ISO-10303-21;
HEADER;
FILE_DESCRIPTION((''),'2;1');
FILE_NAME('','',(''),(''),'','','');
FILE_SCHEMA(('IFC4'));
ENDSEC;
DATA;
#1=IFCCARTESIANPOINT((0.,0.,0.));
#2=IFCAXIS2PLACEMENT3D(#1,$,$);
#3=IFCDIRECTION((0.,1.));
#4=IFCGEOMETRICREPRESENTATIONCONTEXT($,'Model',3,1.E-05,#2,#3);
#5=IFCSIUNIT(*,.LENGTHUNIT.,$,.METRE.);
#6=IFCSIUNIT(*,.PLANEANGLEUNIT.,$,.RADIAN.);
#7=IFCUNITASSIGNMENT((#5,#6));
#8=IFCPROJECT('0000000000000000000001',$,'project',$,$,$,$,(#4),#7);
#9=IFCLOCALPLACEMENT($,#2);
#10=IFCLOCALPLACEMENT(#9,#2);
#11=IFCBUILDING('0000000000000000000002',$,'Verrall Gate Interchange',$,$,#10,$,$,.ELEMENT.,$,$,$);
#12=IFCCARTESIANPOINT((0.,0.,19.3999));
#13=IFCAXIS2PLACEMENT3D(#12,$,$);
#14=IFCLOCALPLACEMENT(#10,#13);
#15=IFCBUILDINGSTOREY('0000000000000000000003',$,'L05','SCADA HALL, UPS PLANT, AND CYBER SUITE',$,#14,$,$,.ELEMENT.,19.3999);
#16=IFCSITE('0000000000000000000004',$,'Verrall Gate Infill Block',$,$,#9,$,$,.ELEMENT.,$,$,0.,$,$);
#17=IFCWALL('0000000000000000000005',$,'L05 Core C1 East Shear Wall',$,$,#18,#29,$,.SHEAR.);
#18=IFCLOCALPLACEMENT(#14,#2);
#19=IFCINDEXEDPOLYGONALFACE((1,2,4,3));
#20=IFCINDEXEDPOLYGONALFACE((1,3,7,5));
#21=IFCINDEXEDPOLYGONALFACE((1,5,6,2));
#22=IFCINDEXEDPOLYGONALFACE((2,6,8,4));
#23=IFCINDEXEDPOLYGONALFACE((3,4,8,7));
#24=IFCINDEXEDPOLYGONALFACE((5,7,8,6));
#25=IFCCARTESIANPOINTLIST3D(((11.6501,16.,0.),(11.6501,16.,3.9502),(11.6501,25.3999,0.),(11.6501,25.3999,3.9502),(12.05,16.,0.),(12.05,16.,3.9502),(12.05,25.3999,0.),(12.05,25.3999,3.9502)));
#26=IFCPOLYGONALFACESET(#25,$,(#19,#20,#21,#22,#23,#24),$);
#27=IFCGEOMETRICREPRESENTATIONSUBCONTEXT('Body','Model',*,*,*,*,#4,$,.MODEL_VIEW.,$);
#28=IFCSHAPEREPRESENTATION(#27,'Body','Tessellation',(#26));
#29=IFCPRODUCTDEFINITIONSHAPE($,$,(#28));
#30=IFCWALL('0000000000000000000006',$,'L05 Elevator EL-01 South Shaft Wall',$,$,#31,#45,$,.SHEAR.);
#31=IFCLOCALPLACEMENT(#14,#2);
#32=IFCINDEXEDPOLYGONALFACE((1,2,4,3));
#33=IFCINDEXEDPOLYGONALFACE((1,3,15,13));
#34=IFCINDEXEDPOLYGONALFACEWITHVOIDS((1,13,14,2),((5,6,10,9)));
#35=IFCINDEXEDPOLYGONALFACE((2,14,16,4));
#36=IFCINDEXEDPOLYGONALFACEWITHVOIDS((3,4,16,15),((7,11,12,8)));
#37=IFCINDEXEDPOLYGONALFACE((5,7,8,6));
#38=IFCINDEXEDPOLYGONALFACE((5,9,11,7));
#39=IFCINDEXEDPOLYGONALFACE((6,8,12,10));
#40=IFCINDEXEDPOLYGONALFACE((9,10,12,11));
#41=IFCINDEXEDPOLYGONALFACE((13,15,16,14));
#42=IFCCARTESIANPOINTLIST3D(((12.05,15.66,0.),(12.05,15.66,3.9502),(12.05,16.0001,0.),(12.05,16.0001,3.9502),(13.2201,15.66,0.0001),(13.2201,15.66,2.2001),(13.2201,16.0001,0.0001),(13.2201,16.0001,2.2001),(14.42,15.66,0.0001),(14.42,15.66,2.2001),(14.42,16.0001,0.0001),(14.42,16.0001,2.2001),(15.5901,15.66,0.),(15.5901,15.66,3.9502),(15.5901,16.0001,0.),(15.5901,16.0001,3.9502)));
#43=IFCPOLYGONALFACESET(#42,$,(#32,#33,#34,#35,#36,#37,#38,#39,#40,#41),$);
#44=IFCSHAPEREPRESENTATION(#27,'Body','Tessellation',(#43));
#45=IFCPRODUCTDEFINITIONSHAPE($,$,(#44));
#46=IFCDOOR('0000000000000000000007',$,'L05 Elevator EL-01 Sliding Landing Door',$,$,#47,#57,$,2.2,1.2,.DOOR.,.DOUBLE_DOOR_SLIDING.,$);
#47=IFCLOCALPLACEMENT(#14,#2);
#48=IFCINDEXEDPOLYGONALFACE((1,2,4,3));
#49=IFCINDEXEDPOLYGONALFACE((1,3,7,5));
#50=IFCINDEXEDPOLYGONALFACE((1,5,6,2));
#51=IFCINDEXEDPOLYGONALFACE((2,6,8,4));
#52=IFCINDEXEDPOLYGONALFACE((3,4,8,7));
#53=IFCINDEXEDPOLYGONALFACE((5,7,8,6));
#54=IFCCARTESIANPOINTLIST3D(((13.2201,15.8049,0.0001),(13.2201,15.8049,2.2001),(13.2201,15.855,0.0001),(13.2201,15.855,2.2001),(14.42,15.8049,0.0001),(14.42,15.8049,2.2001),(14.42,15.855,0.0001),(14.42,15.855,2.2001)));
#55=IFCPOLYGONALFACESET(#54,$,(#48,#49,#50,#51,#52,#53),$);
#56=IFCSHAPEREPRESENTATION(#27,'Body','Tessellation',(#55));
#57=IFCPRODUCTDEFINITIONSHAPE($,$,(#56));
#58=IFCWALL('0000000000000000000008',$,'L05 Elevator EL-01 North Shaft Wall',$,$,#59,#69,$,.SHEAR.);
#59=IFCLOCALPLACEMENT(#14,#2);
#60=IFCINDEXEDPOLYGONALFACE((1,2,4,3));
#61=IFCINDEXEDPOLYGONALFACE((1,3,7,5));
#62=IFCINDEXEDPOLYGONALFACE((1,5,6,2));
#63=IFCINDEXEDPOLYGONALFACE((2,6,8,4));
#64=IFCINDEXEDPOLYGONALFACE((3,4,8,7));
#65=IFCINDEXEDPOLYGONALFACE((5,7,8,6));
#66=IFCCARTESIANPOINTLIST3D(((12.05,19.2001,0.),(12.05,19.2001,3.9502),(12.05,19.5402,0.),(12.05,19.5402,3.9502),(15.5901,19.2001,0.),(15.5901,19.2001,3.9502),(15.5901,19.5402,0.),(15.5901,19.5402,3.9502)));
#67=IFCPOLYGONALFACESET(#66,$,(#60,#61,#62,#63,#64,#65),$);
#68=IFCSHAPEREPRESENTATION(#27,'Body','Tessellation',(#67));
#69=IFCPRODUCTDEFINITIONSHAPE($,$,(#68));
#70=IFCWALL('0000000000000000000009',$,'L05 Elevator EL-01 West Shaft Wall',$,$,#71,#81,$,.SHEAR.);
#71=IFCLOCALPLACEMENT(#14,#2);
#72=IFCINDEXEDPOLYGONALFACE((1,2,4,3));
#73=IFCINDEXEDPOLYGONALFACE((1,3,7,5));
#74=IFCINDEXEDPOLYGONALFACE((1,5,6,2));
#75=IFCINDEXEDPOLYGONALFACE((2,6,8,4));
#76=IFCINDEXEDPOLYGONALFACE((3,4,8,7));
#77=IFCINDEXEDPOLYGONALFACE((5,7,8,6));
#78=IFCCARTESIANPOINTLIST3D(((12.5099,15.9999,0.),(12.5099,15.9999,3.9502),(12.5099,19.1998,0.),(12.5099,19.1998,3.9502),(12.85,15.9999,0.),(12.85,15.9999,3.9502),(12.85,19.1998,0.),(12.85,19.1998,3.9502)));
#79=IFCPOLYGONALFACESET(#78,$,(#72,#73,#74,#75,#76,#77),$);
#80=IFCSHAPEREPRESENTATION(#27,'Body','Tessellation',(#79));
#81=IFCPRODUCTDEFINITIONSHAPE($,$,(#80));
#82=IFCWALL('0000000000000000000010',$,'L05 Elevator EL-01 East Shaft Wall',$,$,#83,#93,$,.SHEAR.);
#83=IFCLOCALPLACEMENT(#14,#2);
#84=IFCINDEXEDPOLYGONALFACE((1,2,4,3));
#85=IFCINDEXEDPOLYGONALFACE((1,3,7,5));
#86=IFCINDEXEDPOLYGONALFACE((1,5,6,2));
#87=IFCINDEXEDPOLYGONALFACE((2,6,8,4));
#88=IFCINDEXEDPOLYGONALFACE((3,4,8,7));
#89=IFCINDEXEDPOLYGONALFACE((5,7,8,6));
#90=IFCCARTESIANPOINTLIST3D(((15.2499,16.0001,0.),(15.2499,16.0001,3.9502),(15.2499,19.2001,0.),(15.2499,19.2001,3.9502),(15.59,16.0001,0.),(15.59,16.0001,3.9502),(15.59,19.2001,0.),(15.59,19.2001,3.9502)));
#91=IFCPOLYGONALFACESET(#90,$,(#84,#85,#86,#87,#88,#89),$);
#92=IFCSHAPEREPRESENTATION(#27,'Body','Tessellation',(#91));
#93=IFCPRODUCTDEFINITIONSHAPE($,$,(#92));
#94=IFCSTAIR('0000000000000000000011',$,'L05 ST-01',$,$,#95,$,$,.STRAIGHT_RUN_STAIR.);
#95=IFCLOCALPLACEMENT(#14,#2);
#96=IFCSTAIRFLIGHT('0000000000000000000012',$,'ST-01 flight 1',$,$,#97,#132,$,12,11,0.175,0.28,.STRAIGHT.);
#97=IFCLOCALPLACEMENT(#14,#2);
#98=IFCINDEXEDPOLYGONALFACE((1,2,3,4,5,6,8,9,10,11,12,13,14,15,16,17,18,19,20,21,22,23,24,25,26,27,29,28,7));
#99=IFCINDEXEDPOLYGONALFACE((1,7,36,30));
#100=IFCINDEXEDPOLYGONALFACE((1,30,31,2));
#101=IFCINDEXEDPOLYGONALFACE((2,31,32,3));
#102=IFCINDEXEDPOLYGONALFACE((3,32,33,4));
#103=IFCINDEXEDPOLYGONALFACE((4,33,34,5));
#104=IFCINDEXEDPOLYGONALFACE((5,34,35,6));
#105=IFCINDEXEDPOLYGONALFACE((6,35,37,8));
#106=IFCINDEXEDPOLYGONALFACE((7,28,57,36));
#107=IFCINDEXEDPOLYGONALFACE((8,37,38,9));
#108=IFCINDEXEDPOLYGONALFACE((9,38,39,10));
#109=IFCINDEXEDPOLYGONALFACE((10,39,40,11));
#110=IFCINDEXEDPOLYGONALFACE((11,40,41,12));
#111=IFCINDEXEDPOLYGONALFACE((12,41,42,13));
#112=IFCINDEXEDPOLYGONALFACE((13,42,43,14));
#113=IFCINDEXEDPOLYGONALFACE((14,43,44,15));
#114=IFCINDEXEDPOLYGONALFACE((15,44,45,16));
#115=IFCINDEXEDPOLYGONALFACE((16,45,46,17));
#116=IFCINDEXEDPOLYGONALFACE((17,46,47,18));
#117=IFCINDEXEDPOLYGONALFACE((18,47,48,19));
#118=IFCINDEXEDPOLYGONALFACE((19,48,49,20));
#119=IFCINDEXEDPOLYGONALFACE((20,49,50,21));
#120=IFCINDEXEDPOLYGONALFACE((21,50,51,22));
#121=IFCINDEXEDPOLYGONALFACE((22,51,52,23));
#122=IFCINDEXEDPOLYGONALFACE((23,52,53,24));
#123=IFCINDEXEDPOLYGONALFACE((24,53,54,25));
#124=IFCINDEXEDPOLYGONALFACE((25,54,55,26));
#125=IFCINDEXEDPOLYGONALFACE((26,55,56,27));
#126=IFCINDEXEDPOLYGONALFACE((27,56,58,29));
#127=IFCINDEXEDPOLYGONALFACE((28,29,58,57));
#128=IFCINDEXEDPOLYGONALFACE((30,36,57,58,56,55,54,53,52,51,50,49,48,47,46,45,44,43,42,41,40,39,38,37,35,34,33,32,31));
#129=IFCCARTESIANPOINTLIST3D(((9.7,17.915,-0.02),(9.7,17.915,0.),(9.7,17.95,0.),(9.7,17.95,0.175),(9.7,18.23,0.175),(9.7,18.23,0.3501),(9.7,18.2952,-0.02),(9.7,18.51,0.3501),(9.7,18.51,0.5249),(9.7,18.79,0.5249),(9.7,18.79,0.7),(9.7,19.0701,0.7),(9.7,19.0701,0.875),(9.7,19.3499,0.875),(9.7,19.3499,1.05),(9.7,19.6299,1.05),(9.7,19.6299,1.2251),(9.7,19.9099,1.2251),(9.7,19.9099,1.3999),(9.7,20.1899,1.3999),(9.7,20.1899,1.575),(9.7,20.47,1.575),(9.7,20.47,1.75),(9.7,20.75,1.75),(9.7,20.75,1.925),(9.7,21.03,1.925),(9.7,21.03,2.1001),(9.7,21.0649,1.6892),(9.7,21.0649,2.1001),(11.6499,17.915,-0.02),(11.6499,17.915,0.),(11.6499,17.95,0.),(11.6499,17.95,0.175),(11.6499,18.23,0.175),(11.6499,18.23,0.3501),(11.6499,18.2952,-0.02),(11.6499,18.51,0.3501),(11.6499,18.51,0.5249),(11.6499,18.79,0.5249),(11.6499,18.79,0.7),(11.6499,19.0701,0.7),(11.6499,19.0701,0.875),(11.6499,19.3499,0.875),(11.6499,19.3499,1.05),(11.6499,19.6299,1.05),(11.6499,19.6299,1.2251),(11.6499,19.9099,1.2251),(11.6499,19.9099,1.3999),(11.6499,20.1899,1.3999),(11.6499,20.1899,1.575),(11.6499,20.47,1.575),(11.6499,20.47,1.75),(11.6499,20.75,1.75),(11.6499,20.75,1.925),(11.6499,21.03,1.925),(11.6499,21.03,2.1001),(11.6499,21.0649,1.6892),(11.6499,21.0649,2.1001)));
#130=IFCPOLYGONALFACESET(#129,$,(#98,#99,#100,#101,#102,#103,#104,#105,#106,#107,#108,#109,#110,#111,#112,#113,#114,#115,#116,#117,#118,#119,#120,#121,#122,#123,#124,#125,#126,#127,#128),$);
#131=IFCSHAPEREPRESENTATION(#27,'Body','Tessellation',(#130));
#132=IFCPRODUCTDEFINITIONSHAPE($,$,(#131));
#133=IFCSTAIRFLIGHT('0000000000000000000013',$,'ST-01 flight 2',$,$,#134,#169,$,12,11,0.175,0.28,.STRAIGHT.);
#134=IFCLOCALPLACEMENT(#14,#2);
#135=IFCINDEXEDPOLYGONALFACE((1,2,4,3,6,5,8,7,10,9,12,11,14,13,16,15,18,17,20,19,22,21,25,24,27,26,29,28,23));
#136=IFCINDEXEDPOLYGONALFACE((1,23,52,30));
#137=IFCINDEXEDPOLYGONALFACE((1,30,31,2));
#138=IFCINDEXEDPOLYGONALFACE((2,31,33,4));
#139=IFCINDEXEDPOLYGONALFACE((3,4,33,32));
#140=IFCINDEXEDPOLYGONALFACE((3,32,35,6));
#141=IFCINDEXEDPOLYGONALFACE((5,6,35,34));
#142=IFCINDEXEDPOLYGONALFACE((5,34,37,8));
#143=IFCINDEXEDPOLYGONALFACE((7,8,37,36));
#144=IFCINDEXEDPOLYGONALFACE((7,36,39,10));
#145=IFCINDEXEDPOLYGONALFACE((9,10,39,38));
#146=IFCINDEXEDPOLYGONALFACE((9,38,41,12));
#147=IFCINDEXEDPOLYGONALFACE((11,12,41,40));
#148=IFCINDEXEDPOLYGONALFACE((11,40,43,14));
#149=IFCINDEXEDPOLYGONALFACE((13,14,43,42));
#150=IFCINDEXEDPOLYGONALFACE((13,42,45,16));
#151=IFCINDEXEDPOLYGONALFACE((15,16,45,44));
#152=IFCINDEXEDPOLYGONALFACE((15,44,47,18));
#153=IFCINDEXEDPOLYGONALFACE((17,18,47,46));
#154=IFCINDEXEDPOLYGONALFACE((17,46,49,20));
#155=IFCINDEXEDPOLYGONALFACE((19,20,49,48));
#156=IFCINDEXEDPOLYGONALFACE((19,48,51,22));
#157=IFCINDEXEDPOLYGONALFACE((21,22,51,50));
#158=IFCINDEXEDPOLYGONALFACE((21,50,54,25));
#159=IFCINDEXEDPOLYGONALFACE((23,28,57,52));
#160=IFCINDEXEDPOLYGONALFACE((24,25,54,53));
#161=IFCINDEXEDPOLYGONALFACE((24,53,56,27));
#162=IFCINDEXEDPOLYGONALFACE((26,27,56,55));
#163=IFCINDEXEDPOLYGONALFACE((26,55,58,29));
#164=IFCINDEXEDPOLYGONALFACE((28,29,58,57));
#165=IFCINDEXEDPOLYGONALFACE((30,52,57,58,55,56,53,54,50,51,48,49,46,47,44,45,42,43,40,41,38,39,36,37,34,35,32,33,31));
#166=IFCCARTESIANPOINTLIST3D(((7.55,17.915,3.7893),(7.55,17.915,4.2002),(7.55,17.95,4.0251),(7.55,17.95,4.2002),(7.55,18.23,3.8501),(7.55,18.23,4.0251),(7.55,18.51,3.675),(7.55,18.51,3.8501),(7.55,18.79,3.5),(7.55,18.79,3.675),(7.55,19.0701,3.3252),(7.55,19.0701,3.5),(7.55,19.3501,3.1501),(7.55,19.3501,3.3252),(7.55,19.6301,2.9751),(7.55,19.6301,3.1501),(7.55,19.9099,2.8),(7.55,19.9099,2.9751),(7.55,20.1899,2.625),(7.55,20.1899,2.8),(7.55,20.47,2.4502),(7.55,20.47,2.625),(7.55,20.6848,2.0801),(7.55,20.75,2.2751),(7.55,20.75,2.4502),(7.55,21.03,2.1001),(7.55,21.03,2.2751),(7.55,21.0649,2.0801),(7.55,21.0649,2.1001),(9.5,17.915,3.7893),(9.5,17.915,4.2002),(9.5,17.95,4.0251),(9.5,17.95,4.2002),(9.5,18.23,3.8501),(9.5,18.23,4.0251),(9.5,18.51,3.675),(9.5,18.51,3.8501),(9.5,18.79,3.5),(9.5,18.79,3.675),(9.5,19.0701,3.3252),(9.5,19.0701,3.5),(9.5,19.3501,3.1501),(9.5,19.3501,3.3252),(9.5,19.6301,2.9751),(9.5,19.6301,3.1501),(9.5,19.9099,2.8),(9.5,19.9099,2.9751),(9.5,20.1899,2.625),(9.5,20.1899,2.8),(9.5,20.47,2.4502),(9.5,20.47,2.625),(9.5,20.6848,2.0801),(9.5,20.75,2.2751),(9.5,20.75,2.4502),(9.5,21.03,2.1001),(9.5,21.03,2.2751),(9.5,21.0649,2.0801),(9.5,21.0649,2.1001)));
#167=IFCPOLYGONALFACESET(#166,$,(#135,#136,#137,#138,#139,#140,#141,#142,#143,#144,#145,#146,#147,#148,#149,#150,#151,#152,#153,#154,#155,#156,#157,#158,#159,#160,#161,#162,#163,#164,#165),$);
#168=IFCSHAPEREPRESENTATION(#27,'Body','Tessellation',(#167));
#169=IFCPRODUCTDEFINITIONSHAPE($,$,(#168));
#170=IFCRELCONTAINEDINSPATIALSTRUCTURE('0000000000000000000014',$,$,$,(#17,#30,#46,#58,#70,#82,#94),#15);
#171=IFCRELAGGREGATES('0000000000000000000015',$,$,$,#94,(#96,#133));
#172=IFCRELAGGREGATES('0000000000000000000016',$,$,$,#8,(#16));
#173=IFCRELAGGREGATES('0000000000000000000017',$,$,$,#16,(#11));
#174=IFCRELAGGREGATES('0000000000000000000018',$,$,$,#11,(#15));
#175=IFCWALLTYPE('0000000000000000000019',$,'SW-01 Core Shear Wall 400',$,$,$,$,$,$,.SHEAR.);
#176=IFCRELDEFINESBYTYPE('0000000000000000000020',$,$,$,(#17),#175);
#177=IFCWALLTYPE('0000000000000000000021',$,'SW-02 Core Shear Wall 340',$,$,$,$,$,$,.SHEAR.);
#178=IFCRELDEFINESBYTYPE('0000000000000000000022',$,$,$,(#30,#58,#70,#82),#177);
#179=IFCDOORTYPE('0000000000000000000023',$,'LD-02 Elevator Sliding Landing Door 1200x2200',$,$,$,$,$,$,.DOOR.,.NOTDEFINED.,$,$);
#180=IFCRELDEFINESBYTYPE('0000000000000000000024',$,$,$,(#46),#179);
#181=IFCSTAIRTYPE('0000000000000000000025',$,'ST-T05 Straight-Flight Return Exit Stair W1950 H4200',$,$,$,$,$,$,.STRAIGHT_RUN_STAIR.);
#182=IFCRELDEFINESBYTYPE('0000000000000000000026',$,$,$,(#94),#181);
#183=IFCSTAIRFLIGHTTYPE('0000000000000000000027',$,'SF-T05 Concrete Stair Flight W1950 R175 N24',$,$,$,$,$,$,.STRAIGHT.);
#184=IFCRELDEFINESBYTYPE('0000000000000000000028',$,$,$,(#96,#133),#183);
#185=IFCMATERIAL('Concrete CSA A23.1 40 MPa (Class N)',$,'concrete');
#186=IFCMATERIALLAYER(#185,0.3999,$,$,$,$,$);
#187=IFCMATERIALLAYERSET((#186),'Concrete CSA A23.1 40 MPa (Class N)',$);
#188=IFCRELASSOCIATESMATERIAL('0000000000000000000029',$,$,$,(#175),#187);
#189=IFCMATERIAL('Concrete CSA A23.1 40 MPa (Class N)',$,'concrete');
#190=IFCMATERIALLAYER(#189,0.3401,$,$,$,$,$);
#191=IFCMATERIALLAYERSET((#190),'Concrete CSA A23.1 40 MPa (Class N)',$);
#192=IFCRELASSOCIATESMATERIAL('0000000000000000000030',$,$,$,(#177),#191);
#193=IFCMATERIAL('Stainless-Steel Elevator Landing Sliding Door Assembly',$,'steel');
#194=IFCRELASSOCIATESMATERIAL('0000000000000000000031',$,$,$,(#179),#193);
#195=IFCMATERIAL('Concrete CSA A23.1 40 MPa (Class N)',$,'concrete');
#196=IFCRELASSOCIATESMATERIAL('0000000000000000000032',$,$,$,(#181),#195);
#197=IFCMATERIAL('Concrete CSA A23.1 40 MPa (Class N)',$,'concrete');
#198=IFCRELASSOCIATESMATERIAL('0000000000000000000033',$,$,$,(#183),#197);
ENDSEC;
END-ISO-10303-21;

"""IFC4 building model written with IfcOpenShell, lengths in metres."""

from ifc_helpers import new_model, si_unit, direction, frame, frame_2d, origin, place, context, subcontext, project, spatial, polyline, rectangle, outline, extrude, material, layer, layer_set, type_object, element, fill, aggregate, save


model = new_model("IFC4")

# Units and contexts
model_context = context("Model", 3, precision=1e-05, world=origin(), true_north=direction((0.0, 1.0)))
body_context = subcontext(model_context, "Body", "Model", "MODEL_VIEW")
ifc_project = project(units=[si_unit("LENGTHUNIT", "METRE"), si_unit("PLANEANGLEUNIT", "RADIAN")], contexts=[model_context])

# Site, building, storey
site_placement = place(None, origin())
site = spatial("IfcSite", under=ifc_project, at=site_placement, Name="Verrall Gate Infill Block", CompositionType="ELEMENT", RefElevation=0.0)
building_placement = place(site_placement, origin())
building = spatial("IfcBuilding", under=site, at=building_placement, Name="Verrall Gate Interchange", CompositionType="ELEMENT")
storey_placement = place(building_placement, frame((0.0, 0.0, 19.3999)))
storey = spatial("IfcBuildingStorey", under=building, at=storey_placement, Name="L05", Description="SCADA HALL, UPS PLANT, AND CYBER SUITE", CompositionType="ELEMENT", Elevation=19.3999)

# Wall
ifc_material_1 = material(Name="Concrete CSA A23.1 40 MPa (Class N)", Category="concrete")
ifc_layer_1 = layer(ifc_material_1, 0.3999)
ifc_layer_set_1 = layer_set([ifc_layer_1], Name="Concrete CSA A23.1 40 MPa (Class N)")
wall_type_1 = type_object("IfcWallType", Name="SW-01 Core Shear Wall 400", PredefinedType="SHEAR", material=ifc_layer_set_1)
wall_1_placement = place(storey_placement, frame((11.8501, 16.0, 0.0), z_axis=(0.0, 0.0, 1.0), x_axis=(0.0, 1.0, 0.0)))
element("IfcWall", 1, at=wall_1_placement, inside=storey, type_object=wall_type_1, Name="L05 Core C1 East Shear Wall", PredefinedType="SHEAR", context=body_context, shape_type="SweptSolid", body=[
    extrude(rectangle(XDim=9.3999, YDim=0.3999, at=frame_2d((4.7, 0.0))), origin(), (0.0, 0.0, 1.0), 3.9502),
])

# Wall, opening, door
ifc_material_2 = material(Name="Concrete CSA A23.1 40 MPa (Class N)", Category="concrete")
ifc_layer_2 = layer(ifc_material_2, 0.3401)
ifc_layer_set_2 = layer_set([ifc_layer_2], Name="Concrete CSA A23.1 40 MPa (Class N)")
wall_type_2 = type_object("IfcWallType", Name="SW-02 Core Shear Wall 340", PredefinedType="SHEAR", material=ifc_layer_set_2)
wall_2_placement = place(storey_placement, frame((12.05, 15.8301, 0.0), z_axis=(0.0, 0.0, 1.0), x_axis=(1.0, 0.0, 0.0)))
wall_2 = element("IfcWall", 2, at=wall_2_placement, inside=storey, type_object=wall_type_2, Name="L05 Elevator EL-01 South Shaft Wall", PredefinedType="SHEAR", context=body_context, shape_type="SweptSolid", body=[
    extrude(rectangle(XDim=3.54, YDim=0.3401, at=frame_2d((1.77, 0.0))), origin(), (0.0, 0.0, 1.0), 3.9502),
])
opening_placement = place(wall_2_placement, frame((1.1699, 0.0, 0.0)))
opening = element("IfcOpeningElement", 3, at=opening_placement, cuts=wall_2, PredefinedType="OPENING", context=body_context, shape_type="SweptSolid", body=[
    extrude(rectangle(XDim=1.2, YDim=2.2, at=frame_2d((0.6001, 1.1001))), frame((0.0, 0.1851, 0.0), z_axis=(0.0, -1.0, 0.0), x_axis=(1.0, 0.0, 0.0)), (0.0, 0.0, 1.0), 0.3699),
])
ifc_material_3 = material(Name="Stainless-Steel Elevator Landing Sliding Door Assembly", Category="steel")
door_type = type_object("IfcDoorType", Name="LD-02 Elevator Sliding Landing Door 1200x2200", OperationType="NOTDEFINED", PredefinedType="DOOR", material=ifc_material_3)
door_placement = place(opening_placement, origin())
door = element("IfcDoor", 4, at=door_placement, inside=storey, type_object=door_type, Name="L05 Elevator EL-01 Sliding Landing Door", OperationType="DOUBLE_DOOR_SLIDING", OverallHeight=2.2, OverallWidth=1.2, PredefinedType="DOOR", context=body_context, shape_type="SweptSolid", body=[
    extrude(rectangle(XDim=1.2, YDim=2.2, at=frame_2d((0.6001, 1.1001))), frame((0.0, 0.0249, 0.0), z_axis=(0.0, -1.0, 0.0), x_axis=(1.0, 0.0, 0.0)), (0.0, 0.0, 1.0), 0.05),
])
fill(opening, door)

# Walls
wall_3_placement = place(storey_placement, frame((15.5901, 19.3701, 0.0), z_axis=(0.0, 0.0, 1.0), x_axis=(-1.0, 0.0, 0.0)))
element("IfcWall", 5, at=wall_3_placement, inside=storey, type_object=wall_type_2, Name="L05 Elevator EL-01 North Shaft Wall", PredefinedType="SHEAR", context=body_context, shape_type="SweptSolid", body=[
    extrude(rectangle(XDim=3.54, YDim=0.3401, at=frame_2d((1.77, 0.0))), origin(), (0.0, 0.0, 1.0), 3.9502),
])
for number, where, z_axis, x_axis, name in (
    (6, (12.6799, 19.2, 0.0), (0.0, 0.0, 1.0), (0.0, -1.0, 0.0), "L05 Elevator EL-01 West Shaft Wall"),
    (7, (15.4199, 16.0, 0.0), (0.0, 0.0, 1.0), (0.0, 1.0, 0.0), "L05 Elevator EL-01 East Shaft Wall"),
):
    element("IfcWall", number, at=place(storey_placement, frame(where, z_axis=z_axis, x_axis=x_axis)), inside=storey, type_object=wall_type_2, Name=name, PredefinedType="SHEAR", context=body_context, shape_type="SweptSolid", body=[
        extrude(rectangle(XDim=3.2, YDim=0.3401, at=frame_2d((1.6001, 0.0))), origin(), (0.0, 0.0, 1.0), 3.9502),
    ])

# Stair, stair flights
ifc_material_4 = material(Name="Concrete CSA A23.1 40 MPa (Class N)", Category="concrete")
stair_type = type_object("IfcStairType", Name="ST-T05 Straight-Flight Return Exit Stair W1950 H4200", PredefinedType="STRAIGHT_RUN_STAIR", material=ifc_material_4)
stair_placement = place(storey_placement, origin())
stair = element("IfcStair", 8, at=stair_placement, inside=storey, type_object=stair_type, Name="L05 ST-01", PredefinedType="STRAIGHT_RUN_STAIR")
ifc_material_5 = material(Name="Concrete CSA A23.1 40 MPa (Class N)", Category="concrete")
stair_flight_type = type_object("IfcStairFlightType", Name="SF-T05 Concrete Stair Flight W1950 R175 N24", PredefinedType="STRAIGHT", material=ifc_material_5)
stair_flight_1_placement = place(storey_placement, frame((10.675, 17.95, 0.0), z_axis=(0.0, 0.0, 1.0), x_axis=(0.0, 1.0, 0.0)))
stair_flight_1 = element("IfcStairFlight", 9, at=stair_flight_1_placement, type_object=stair_flight_type, Name="ST-01 flight 1", NumberOfRisers=12, NumberOfTreads=11, PredefinedType="STRAIGHT", RiserHeight=0.175, TreadLength=0.28, context=body_context, shape_type="SweptSolid", body=[
    extrude(outline(polyline([(-0.0349, -0.02), (-0.0349, 0.0), (0.0, 0.0), (0.0, 0.175), (0.28, 0.175), (0.28, 0.3501), (0.5601, 0.3501), (0.5601, 0.5249), (0.8401, 0.5249), (0.8401, 0.7), (1.1201, 0.7), (1.1201, 0.875), (1.3999, 0.875), (1.3999, 1.05), (1.6799, 1.05), (1.6799, 1.2251), (1.96, 1.2251), (1.96, 1.3999), (2.24, 1.3999), (2.24, 1.575), (2.52, 1.575), (2.52, 1.75), (2.8, 1.75), (2.8, 1.925), (3.0801, 1.925), (3.0801, 2.1001), (3.115, 2.1001), (3.115, 1.6892), (0.3452, -0.02), (-0.0349, -0.02)])), frame((0.0, 0.9751, 0.0), z_axis=(0.0, -1.0, 0.0), x_axis=(1.0, 0.0, 0.0)), (0.0, 0.0, 1.0), 1.95),
])
stair_flight_2_placement = place(storey_placement, frame((8.5249, 21.03, 2.1001), z_axis=(0.0, 0.0, 1.0), x_axis=(0.0, -1.0, 0.0)))
stair_flight_2 = element("IfcStairFlight", 10, at=stair_flight_2_placement, type_object=stair_flight_type, Name="ST-01 flight 2", NumberOfRisers=12, NumberOfTreads=11, PredefinedType="STRAIGHT", RiserHeight=0.175, TreadLength=0.28, context=body_context, shape_type="SweptSolid", body=[
    extrude(outline(polyline([(-0.0349, -0.02), (-0.0349, 0.0), (0.0, 0.0), (0.0, 0.175), (0.28, 0.175), (0.28, 0.3501), (0.5601, 0.3501), (0.5601, 0.5249), (0.8401, 0.5249), (0.8401, 0.7), (1.1201, 0.7), (1.1201, 0.875), (1.3999, 0.875), (1.3999, 1.05), (1.6799, 1.05), (1.6799, 1.2251), (1.96, 1.2251), (1.96, 1.3999), (2.24, 1.3999), (2.24, 1.575), (2.52, 1.575), (2.52, 1.75), (2.8, 1.75), (2.8, 1.925), (3.0801, 1.925), (3.0801, 2.1001), (3.115, 2.1001), (3.115, 1.6892), (0.3452, -0.02), (-0.0349, -0.02)])), frame((0.0, 0.9751, 0.0), z_axis=(0.0, -1.0, 0.0), x_axis=(1.0, 0.0, 0.0)), (0.0, 0.0, 1.0), 1.95),
])
aggregate(stair, [stair_flight_1, stair_flight_2])

save(model, "model.ifc")
